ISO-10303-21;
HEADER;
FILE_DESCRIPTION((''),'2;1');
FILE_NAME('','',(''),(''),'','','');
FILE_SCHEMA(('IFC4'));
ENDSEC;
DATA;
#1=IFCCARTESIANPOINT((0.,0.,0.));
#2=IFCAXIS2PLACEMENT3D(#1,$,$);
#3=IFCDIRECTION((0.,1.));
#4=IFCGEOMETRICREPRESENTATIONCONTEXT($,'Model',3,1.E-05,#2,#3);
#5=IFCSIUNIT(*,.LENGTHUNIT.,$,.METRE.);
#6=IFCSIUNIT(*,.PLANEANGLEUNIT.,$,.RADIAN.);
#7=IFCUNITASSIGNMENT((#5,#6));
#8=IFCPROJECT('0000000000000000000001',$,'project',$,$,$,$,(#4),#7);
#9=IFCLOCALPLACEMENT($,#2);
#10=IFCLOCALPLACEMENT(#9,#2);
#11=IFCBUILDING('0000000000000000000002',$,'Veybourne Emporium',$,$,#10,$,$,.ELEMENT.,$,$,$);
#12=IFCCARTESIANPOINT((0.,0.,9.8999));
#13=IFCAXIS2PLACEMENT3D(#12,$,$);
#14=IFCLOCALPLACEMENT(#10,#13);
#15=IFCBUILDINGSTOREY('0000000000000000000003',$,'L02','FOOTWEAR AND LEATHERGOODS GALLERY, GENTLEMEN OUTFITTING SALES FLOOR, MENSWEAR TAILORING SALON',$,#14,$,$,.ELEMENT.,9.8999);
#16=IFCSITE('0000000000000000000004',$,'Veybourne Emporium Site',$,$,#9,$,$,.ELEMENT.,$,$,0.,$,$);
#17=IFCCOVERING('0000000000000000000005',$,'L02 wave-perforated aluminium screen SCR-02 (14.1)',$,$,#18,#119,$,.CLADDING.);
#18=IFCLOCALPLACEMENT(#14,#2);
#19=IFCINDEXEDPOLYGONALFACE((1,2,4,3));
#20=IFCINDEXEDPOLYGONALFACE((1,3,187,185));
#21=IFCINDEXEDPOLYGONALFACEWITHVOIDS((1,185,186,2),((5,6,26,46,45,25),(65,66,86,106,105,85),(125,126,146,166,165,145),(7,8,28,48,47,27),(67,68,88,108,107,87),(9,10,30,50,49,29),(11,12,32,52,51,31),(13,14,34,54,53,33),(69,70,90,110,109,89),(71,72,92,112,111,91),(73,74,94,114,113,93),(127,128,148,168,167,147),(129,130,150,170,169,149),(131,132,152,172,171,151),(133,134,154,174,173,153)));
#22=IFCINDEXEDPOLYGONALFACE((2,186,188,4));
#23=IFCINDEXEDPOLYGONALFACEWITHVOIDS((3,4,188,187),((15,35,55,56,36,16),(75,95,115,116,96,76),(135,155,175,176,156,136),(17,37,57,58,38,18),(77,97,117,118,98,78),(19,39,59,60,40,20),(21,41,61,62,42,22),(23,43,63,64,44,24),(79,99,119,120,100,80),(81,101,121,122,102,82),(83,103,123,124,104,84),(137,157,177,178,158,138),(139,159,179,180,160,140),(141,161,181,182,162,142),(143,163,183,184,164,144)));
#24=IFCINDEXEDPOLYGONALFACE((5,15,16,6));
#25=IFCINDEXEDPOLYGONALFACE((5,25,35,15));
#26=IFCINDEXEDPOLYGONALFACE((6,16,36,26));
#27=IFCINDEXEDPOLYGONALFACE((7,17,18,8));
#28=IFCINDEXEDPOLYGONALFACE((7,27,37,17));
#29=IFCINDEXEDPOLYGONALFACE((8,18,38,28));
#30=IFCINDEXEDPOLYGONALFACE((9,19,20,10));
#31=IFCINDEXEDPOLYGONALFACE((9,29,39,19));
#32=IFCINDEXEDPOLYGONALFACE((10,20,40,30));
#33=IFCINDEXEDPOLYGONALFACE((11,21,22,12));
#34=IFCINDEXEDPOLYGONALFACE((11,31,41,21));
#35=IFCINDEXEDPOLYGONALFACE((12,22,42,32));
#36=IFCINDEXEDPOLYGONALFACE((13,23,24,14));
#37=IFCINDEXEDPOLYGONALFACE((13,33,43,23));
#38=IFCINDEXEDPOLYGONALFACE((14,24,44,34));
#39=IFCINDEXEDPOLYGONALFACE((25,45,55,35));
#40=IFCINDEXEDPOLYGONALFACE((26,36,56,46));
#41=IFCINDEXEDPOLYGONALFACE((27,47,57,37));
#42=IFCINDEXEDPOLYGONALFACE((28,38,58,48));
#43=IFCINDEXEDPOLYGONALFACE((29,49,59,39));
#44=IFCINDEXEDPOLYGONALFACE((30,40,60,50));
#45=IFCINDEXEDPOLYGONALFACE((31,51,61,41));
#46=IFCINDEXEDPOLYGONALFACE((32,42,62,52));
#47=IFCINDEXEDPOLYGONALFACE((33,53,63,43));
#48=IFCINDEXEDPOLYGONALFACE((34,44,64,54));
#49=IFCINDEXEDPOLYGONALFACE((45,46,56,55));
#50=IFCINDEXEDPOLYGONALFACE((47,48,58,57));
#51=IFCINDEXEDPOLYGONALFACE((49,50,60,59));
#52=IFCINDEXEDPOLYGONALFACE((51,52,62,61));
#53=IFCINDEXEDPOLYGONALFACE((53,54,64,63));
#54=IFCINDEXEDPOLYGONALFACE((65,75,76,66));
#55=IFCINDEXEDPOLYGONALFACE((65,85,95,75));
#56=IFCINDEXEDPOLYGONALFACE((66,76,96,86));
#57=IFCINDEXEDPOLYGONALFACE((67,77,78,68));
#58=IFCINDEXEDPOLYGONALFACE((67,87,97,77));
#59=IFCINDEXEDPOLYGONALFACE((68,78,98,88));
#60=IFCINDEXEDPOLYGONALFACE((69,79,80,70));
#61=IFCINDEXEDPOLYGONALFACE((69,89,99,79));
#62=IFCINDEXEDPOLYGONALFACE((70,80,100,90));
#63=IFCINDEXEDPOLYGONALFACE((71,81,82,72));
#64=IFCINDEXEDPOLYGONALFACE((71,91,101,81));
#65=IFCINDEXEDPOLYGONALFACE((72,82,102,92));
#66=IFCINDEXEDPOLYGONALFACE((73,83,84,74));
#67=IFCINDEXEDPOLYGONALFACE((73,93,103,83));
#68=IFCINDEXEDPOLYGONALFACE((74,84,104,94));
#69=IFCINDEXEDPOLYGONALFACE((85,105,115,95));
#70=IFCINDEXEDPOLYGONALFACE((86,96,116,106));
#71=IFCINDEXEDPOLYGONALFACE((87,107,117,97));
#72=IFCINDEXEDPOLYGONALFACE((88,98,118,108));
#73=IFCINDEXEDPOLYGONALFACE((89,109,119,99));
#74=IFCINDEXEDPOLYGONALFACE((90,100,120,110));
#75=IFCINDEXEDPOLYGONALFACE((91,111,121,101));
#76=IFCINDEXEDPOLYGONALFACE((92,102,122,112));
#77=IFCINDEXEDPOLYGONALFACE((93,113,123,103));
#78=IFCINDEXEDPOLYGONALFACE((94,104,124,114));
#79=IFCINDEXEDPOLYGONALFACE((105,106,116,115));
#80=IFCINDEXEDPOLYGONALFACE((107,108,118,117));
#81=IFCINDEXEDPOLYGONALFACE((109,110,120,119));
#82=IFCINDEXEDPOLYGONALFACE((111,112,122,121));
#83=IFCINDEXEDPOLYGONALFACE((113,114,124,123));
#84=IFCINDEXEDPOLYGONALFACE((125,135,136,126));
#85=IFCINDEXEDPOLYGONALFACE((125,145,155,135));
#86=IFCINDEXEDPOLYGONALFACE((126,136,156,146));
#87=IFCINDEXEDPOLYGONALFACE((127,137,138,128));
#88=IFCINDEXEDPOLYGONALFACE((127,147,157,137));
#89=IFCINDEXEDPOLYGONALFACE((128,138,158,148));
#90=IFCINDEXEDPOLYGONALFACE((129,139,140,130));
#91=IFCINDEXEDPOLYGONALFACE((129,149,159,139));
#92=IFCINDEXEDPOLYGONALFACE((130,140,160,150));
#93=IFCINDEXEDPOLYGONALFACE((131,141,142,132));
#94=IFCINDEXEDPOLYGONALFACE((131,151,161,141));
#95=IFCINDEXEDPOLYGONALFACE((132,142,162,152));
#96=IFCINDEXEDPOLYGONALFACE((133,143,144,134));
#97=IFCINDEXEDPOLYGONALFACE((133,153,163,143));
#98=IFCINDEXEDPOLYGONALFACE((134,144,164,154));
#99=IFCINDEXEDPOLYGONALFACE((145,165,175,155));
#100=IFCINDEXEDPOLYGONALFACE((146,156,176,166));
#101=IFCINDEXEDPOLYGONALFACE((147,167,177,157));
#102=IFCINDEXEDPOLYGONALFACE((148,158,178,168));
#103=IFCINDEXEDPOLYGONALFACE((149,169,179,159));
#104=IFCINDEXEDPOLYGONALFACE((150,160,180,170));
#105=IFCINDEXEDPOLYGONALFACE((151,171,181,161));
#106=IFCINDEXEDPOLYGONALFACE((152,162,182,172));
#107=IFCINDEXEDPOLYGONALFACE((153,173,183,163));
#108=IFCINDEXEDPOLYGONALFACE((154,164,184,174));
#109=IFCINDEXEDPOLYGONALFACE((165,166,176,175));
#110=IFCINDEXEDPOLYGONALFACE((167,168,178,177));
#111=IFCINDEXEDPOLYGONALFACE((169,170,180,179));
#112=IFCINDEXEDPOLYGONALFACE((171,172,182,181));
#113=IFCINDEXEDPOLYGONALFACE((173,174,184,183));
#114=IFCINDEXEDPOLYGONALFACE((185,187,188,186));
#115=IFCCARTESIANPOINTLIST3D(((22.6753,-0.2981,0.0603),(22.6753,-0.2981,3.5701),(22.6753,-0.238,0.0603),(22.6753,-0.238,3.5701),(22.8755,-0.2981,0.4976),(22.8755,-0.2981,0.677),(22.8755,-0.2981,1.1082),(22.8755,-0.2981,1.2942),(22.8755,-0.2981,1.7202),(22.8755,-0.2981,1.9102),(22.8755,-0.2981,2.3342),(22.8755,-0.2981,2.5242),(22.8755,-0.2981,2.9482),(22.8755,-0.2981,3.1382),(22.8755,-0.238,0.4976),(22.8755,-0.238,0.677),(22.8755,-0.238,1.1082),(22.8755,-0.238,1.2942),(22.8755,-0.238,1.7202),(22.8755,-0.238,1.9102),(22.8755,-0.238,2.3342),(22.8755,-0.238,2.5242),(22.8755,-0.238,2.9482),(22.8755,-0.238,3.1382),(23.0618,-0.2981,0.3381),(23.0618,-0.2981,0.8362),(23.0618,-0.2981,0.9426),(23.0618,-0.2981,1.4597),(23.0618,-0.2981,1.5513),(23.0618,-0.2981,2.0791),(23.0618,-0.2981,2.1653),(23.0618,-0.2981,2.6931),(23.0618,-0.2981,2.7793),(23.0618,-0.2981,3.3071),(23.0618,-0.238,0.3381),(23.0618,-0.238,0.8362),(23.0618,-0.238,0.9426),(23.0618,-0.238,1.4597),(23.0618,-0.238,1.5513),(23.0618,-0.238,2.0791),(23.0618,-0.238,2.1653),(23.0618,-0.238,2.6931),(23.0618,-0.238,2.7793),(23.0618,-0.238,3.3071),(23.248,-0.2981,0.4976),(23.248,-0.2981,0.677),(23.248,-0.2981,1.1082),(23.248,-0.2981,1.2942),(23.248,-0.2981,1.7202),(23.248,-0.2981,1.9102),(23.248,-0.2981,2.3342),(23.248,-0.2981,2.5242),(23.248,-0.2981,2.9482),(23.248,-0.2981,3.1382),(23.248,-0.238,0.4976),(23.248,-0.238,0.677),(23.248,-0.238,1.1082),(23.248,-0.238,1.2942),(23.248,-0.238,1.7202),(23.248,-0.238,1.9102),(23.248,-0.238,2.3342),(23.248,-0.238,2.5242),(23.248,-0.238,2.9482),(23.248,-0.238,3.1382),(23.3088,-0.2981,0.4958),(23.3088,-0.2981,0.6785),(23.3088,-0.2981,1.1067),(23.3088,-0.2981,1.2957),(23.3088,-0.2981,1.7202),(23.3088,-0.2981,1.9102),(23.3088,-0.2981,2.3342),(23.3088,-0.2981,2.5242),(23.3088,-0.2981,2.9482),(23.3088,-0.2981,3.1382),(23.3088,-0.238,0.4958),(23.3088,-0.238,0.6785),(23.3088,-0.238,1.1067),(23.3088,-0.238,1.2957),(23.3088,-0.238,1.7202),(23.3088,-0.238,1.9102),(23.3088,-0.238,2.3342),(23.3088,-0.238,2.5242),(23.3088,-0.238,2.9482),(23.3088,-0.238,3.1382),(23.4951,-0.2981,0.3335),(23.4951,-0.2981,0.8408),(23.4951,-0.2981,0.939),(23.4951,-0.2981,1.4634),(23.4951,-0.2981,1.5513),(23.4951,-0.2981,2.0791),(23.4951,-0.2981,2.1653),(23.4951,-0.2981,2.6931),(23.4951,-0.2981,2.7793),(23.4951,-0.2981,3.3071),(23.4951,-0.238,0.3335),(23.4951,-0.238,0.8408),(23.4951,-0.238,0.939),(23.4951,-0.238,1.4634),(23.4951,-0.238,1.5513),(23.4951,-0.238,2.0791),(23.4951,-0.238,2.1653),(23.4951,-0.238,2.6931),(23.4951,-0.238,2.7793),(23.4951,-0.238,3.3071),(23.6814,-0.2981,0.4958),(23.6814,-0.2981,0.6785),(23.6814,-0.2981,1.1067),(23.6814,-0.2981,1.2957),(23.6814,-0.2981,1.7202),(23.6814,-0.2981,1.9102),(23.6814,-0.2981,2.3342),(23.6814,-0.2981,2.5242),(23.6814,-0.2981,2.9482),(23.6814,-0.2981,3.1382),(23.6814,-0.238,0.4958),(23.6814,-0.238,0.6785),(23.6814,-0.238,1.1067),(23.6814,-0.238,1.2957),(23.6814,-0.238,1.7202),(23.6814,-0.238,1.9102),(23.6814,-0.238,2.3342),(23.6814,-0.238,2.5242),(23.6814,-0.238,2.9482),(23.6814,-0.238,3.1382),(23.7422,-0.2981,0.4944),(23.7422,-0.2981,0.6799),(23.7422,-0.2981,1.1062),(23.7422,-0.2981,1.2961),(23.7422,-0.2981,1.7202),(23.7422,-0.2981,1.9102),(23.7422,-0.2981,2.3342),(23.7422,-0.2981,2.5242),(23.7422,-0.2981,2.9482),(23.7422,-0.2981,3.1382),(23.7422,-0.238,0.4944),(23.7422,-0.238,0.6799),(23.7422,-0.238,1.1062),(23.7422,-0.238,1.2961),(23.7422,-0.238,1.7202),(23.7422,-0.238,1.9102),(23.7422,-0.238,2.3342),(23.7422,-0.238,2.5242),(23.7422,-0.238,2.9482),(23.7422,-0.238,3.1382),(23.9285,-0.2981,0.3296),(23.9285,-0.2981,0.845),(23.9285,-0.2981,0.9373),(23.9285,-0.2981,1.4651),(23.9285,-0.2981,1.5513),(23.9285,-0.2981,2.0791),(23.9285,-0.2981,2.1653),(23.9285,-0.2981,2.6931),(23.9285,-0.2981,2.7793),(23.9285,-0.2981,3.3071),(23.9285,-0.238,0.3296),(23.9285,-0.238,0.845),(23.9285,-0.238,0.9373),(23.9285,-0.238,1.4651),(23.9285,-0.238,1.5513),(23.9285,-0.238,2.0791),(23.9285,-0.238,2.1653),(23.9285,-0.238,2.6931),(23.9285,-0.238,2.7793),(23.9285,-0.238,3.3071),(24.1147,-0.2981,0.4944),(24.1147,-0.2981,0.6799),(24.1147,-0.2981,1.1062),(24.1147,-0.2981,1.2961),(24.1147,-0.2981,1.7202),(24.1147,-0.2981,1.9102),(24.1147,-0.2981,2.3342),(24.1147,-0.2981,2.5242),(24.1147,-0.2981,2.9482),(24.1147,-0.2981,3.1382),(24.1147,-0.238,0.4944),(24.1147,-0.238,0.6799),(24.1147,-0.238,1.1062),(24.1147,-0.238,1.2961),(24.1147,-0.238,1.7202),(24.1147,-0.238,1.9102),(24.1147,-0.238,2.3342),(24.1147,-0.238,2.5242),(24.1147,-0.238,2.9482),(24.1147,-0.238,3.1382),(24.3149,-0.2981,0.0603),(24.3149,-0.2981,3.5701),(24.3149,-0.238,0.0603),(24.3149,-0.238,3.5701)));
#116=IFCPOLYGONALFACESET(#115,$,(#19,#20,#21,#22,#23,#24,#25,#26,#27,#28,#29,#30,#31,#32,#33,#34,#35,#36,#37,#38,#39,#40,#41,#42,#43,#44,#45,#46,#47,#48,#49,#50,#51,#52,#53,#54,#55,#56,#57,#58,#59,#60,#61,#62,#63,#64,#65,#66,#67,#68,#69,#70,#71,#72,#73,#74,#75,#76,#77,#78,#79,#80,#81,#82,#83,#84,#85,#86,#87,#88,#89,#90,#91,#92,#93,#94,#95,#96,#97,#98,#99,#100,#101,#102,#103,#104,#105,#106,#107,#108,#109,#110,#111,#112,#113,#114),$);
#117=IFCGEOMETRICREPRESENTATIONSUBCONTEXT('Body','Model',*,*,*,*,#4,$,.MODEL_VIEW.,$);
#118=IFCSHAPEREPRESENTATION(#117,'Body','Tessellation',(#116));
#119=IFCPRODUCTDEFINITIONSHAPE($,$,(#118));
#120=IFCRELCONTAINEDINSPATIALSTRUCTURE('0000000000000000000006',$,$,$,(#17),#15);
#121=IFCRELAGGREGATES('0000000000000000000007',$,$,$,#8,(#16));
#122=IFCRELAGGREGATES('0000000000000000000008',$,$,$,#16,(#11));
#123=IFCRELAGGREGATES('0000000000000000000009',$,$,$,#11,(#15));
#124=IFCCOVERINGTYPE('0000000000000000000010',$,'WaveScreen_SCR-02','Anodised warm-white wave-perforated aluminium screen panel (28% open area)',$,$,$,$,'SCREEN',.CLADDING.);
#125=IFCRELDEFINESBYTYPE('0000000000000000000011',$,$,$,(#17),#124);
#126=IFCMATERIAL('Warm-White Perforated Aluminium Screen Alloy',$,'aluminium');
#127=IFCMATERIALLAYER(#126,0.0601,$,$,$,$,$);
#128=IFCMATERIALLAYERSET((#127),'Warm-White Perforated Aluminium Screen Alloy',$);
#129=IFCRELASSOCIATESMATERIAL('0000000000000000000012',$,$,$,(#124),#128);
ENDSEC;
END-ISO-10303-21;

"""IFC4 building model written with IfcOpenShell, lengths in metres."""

from ifc_helpers import new_model, si_unit, direction, frame, origin, place, context, subcontext, project, spatial, polyline, outline, extrude, material, layer, layer_set, type_object, element, save


model = new_model("IFC4")

# Units and contexts
model_context = context("Model", 3, precision=1e-05, world=origin(), true_north=direction((0.0, 1.0)))
body_context = subcontext(model_context, "Body", "Model", "MODEL_VIEW")
ifc_project = project(units=[si_unit("LENGTHUNIT", "METRE"), si_unit("PLANEANGLEUNIT", "RADIAN")], contexts=[model_context])

# Site, building, storey
site_placement = place(None, origin())
site = spatial("IfcSite", under=ifc_project, at=site_placement, Name="Veybourne Emporium Site", CompositionType="ELEMENT", RefElevation=0.0)
building_placement = place(site_placement, origin())
building = spatial("IfcBuilding", under=site, at=building_placement, Name="Veybourne Emporium", CompositionType="ELEMENT")
storey_placement = place(building_placement, frame((0.0, 0.0, 9.8999)))
storey = spatial("IfcBuildingStorey", under=building, at=storey_placement, Name="L02", Description="FOOTWEAR AND LEATHERGOODS GALLERY, GENTLEMEN OUTFITTING SALES FLOOR, MENSWEAR TAILORING SALON", CompositionType="ELEMENT", Elevation=9.8999)

# Covering
ifc_material_1 = material(Name="Warm-White Perforated Aluminium Screen Alloy", Category="aluminium")
ifc_layer_1 = layer(ifc_material_1, 0.0601)
ifc_layer_set_1 = layer_set([ifc_layer_1], Name="Warm-White Perforated Aluminium Screen Alloy")
covering_type_1 = type_object("IfcCoveringType", Name="WaveScreen_SCR-02", Description="Anodised warm-white wave-perforated aluminium screen panel (28% open area)", ElementType="SCREEN", PredefinedType="CLADDING", material=ifc_layer_set_1)
covering_1_placement = place(storey_placement, frame((23.4951, -0.2981, 1.8152), z_axis=(0.0, 1.0, 0.0), x_axis=(-1.0, 0.0, 0.0)))
element("IfcCovering", 1, at=covering_1_placement, inside=storey, type_object=covering_type_1, Name="L02 wave-perforated aluminium screen SCR-02 (14.1)", PredefinedType="CLADDING", context=body_context, shape_type="SweptSolid", body=[
    extrude(outline(polyline([(-0.8198, -1.7549), (0.8198, -1.7549), (0.8198, 1.7549), (-0.8198, 1.7549), (-0.8198, -1.7549)]), holes=[polyline([(-0.4333, -0.9702), (-0.2471, -1.1353), (-0.2471, -1.3208), (-0.4333, -1.4856), (-0.6196, -1.3208), (-0.6196, -1.1353), (-0.4333, -0.9702)]), polyline([(-0.4333, -0.3501), (-0.2471, -0.519), (-0.2471, -0.709), (-0.4333, -0.8779), (-0.6196, -0.709), (-0.6196, -0.519), (-0.4333, -0.3501)]), polyline([(-0.4333, 0.2639), (-0.2471, 0.095), (-0.2471, -0.095), (-0.4333, -0.2639), (-0.6196, -0.095), (-0.6196, 0.095), (-0.4333, 0.2639)]), polyline([(-0.4333, 0.8779), (-0.2471, 0.709), (-0.2471, 0.519), (-0.4333, 0.3501), (-0.6196, 0.519), (-0.6196, 0.709), (-0.4333, 0.8779)]), polyline([(-0.4333, 1.4919), (-0.2471, 1.323), (-0.2471, 1.1331), (-0.4333, 0.9641), (-0.6196, 1.1331), (-0.6196, 1.323), (-0.4333, 1.4919)]), polyline([(0.0, -0.9744), (0.1863, -1.1367), (0.1863, -1.3193), (0.0, -1.4817), (-0.1863, -1.3193), (-0.1863, -1.1367), (0.0, -0.9744)]), polyline([(0.0, -0.3518), (0.1863, -0.5195), (0.1863, -0.7085), (0.0, -0.8762), (-0.1863, -0.7085), (-0.1863, -0.5195), (0.0, -0.3518)]), polyline([(0.0, 0.2639), (0.1863, 0.095), (0.1863, -0.095), (0.0, -0.2639), (-0.1863, -0.095), (-0.1863, 0.095), (0.0, 0.2639)]), polyline([(0.0, 0.8779), (0.1863, 0.709), (0.1863, 0.519), (0.0, 0.3501), (-0.1863, 0.519), (-0.1863, 0.709), (0.0, 0.8779)]), polyline([(0.0, 1.4919), (0.1863, 1.323), (0.1863, 1.1331), (0.0, 0.9641), (-0.1863, 1.1331), (-0.1863, 1.323), (0.0, 1.4919)]), polyline([(0.4333, -0.979), (0.6196, -1.1382), (0.6196, -1.3176), (0.4333, -1.4771), (0.2471, -1.3176), (0.2471, -1.1382), (0.4333, -0.979)]), polyline([(0.4333, -0.3555), (0.6196, -0.521), (0.6196, -0.707), (0.4333, -0.8726), (0.2471, -0.707), (0.2471, -0.521), (0.4333, -0.3555)]), polyline([(0.4333, 0.2639), (0.6196, 0.095), (0.6196, -0.095), (0.4333, -0.2639), (0.2471, -0.095), (0.2471, 0.095), (0.4333, 0.2639)]), polyline([(0.4333, 0.8779), (0.6196, 0.709), (0.6196, 0.519), (0.4333, 0.3501), (0.2471, 0.519), (0.2471, 0.709), (0.4333, 0.8779)]), polyline([(0.4333, 1.4919), (0.6196, 1.323), (0.6196, 1.1331), (0.4333, 0.9641), (0.2471, 1.1331), (0.2471, 1.323), (0.4333, 1.4919)])]), origin(), (0.0, 0.0, 1.0), 0.0601),
])

save(model, "model.ifc")
